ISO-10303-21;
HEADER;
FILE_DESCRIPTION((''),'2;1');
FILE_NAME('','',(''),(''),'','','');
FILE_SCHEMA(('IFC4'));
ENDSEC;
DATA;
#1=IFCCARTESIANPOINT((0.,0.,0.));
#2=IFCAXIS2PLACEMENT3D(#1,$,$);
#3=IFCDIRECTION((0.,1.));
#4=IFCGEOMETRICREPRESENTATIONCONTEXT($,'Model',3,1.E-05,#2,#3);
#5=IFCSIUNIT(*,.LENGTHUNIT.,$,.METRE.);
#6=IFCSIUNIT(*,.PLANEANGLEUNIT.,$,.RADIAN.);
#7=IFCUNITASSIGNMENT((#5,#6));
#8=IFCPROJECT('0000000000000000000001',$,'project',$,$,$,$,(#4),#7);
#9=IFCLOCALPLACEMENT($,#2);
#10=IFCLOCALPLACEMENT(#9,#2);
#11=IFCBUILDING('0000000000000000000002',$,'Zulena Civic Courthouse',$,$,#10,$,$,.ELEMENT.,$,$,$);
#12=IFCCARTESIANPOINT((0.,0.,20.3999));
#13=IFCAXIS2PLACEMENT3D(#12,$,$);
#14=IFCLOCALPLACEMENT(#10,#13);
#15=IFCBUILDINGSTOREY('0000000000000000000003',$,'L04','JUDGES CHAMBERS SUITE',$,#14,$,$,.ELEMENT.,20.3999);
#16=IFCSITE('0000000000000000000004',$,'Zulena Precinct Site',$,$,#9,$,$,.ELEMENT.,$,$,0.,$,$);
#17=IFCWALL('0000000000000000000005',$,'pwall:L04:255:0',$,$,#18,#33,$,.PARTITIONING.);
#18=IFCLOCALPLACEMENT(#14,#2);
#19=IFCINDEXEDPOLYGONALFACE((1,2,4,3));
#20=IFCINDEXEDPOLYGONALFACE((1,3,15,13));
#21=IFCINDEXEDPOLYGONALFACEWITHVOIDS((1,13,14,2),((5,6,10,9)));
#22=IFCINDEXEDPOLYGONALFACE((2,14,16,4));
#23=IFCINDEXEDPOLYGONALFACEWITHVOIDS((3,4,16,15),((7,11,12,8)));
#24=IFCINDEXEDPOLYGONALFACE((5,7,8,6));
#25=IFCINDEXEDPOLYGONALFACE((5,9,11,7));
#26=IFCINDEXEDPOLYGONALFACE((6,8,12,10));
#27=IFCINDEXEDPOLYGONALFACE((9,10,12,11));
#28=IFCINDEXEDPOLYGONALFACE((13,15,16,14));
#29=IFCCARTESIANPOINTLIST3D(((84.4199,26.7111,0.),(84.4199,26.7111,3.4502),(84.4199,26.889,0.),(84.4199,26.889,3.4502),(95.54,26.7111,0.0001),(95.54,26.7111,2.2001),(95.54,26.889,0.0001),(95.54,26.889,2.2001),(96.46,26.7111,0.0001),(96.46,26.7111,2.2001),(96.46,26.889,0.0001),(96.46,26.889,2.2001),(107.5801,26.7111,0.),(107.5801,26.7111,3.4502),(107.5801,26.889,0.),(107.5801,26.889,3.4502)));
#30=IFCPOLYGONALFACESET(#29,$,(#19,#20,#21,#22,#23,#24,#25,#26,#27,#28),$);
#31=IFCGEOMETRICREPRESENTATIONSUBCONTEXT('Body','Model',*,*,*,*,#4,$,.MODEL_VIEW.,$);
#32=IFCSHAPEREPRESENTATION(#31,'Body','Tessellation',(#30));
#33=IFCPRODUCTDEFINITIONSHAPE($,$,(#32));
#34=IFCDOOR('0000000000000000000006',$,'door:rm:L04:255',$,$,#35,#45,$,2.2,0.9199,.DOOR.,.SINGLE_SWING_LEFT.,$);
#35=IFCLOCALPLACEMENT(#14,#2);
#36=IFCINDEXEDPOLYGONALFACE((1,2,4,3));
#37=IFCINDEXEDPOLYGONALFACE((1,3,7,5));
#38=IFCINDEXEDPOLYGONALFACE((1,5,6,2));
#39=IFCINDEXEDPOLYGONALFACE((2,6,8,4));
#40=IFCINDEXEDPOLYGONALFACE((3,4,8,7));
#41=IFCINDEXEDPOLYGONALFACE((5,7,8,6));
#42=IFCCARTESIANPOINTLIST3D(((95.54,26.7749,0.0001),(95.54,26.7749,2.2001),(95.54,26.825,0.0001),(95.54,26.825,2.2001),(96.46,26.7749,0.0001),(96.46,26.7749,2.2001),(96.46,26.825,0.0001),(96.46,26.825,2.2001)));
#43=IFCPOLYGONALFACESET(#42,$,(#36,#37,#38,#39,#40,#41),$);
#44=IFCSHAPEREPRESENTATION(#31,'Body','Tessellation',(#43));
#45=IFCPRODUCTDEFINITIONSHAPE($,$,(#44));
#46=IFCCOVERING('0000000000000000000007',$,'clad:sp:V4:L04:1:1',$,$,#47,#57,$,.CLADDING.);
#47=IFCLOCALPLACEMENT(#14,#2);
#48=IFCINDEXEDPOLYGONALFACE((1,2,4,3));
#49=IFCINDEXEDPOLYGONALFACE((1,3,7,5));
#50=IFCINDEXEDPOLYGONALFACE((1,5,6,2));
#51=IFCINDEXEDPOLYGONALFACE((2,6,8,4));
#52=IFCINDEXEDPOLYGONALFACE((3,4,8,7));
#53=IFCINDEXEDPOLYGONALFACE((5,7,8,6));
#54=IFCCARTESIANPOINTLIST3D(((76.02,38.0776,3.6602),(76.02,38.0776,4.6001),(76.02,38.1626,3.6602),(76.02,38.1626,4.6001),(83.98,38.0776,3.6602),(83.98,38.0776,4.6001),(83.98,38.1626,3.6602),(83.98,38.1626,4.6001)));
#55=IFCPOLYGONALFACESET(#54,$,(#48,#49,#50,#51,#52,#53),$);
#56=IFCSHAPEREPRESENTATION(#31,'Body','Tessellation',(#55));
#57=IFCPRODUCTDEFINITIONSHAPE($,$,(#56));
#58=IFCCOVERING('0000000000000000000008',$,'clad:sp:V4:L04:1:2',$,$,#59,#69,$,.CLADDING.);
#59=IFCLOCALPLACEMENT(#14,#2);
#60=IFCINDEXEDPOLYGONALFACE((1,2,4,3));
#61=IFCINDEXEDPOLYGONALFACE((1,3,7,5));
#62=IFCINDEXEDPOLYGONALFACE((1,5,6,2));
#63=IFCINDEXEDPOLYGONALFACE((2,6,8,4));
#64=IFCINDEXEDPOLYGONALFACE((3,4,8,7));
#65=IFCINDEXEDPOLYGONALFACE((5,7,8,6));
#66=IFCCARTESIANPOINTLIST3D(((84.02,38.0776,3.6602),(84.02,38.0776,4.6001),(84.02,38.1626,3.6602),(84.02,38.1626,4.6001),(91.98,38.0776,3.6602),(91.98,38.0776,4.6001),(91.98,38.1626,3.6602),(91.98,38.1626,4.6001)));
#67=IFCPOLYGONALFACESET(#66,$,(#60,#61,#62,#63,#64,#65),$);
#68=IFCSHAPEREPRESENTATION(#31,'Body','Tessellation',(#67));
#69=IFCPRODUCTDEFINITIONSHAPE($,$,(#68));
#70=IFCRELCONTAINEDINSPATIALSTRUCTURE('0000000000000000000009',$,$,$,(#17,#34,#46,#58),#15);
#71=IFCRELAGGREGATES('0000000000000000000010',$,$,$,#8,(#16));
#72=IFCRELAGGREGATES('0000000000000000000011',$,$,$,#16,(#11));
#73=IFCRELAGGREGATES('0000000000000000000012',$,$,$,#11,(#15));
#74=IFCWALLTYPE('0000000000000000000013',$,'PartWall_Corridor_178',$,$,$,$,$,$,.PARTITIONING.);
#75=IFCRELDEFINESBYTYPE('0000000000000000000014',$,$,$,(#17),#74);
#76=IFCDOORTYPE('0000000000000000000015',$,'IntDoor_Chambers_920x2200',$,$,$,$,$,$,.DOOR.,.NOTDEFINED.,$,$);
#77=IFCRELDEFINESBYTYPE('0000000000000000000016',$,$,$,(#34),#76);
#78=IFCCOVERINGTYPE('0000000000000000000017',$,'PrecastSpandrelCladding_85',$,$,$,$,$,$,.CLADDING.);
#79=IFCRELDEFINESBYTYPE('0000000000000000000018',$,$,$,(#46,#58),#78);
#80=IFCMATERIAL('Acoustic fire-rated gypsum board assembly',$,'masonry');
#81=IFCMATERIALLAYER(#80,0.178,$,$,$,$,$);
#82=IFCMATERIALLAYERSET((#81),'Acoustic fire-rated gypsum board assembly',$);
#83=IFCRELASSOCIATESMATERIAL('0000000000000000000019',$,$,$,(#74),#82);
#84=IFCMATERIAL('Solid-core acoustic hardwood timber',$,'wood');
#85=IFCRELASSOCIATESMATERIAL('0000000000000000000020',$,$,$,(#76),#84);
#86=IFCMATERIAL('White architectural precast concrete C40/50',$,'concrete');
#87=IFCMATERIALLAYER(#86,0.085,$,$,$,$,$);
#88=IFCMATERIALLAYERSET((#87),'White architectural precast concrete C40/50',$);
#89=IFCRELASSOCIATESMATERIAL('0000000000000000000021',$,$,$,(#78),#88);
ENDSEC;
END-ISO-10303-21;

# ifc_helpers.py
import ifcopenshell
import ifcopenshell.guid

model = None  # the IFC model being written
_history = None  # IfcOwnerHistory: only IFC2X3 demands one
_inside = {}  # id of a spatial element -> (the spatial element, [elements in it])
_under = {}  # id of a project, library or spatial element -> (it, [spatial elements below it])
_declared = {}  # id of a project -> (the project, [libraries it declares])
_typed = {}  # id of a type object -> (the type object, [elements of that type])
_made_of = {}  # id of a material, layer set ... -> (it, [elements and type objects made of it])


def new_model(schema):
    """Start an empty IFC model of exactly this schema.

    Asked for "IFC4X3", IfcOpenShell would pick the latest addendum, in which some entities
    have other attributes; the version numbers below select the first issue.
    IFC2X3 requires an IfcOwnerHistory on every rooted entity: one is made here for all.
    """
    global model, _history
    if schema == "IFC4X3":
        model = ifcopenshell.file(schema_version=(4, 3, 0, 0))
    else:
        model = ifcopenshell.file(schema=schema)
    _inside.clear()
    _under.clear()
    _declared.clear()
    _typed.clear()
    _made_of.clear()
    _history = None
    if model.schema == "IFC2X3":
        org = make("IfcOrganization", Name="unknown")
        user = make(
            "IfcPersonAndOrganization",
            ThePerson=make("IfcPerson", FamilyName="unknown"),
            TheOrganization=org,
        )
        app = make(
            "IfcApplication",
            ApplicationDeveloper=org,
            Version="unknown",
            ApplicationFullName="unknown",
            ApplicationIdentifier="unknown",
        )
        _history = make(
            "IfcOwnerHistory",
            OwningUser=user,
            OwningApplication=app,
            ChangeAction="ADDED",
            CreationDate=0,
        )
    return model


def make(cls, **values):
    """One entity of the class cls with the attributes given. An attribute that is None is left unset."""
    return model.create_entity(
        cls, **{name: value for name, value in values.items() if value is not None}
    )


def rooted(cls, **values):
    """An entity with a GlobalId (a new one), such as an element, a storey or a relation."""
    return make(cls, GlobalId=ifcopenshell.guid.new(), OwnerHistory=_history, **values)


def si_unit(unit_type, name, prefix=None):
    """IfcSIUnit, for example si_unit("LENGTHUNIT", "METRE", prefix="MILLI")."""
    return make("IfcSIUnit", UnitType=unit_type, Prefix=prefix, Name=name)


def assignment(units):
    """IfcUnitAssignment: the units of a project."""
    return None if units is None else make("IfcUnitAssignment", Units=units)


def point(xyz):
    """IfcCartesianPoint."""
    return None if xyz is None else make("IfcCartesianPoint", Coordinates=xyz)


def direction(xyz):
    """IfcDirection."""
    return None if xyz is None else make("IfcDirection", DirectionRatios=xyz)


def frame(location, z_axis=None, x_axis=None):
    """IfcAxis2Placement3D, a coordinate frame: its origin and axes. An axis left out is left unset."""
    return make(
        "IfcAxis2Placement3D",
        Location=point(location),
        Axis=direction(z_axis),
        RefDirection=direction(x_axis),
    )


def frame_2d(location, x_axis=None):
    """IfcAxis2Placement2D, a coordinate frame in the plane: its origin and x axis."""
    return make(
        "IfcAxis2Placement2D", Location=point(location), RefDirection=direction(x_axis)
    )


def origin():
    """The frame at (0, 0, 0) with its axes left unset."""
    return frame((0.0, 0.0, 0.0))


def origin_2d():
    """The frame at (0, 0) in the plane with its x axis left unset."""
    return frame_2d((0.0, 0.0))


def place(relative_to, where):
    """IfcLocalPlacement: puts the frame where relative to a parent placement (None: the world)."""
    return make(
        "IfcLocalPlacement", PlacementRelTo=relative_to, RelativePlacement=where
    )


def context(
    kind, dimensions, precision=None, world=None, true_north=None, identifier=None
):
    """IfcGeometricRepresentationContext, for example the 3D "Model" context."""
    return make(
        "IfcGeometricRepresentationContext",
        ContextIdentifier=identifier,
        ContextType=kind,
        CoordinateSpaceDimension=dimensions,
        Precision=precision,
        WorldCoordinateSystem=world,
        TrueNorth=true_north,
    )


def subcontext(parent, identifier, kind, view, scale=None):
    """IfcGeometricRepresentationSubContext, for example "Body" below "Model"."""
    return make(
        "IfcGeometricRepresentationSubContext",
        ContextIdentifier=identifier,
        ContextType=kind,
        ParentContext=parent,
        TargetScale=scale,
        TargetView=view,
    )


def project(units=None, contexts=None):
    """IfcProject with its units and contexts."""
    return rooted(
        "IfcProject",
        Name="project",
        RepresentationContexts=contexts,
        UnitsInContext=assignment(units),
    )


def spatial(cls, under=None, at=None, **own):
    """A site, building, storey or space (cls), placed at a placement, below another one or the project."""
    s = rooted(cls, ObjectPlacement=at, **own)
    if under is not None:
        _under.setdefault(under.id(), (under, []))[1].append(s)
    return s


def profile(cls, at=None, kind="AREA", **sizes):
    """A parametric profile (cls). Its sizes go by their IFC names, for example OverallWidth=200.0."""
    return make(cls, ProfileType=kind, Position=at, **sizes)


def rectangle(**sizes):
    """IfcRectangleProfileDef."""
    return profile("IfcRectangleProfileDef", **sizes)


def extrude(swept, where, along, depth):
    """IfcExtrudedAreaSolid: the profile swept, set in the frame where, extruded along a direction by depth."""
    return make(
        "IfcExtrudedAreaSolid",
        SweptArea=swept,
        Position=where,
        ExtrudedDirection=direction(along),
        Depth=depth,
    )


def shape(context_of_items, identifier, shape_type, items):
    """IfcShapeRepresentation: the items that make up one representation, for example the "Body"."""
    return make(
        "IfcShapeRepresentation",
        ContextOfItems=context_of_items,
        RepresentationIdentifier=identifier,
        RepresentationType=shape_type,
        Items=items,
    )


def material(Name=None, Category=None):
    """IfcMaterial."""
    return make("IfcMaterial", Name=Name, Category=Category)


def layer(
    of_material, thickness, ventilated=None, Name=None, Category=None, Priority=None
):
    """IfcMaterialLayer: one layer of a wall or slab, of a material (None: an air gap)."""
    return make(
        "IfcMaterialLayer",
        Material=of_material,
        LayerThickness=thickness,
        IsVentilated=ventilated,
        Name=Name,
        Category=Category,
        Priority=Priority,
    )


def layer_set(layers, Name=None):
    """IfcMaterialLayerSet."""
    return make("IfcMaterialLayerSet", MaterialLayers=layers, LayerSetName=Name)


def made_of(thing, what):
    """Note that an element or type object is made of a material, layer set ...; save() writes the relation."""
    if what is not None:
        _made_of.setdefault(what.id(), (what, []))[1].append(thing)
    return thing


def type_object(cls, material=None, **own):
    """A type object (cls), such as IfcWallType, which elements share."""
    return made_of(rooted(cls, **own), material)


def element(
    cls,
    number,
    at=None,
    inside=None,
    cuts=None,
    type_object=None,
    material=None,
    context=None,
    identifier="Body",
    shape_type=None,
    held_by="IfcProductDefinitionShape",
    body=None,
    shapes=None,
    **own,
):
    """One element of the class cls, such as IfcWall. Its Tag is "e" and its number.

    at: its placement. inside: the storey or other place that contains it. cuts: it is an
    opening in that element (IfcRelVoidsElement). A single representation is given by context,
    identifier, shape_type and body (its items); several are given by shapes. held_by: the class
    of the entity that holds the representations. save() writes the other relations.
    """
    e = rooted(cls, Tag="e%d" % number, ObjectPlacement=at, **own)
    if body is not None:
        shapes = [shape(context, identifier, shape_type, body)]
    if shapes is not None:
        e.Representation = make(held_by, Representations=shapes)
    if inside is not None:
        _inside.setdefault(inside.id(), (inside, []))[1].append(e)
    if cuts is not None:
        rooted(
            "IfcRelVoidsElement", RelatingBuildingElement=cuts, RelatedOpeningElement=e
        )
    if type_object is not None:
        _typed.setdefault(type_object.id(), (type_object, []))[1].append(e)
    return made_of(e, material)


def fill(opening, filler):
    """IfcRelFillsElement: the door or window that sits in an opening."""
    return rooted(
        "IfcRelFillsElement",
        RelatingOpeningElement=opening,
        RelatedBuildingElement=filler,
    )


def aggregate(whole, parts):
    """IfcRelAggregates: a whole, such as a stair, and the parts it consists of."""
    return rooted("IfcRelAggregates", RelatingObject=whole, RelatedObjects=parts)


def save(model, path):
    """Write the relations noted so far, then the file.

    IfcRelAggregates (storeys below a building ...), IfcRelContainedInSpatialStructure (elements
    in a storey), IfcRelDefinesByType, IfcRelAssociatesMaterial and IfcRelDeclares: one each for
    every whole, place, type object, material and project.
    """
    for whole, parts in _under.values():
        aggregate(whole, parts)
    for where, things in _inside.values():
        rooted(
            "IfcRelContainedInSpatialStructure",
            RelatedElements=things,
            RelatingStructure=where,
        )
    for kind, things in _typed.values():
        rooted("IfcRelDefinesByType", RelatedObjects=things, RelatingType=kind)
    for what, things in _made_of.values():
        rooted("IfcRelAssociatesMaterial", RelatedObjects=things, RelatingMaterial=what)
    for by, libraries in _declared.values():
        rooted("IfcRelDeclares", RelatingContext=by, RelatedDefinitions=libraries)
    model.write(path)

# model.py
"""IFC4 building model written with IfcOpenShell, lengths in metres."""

from ifc_helpers import new_model, si_unit, direction, frame, frame_2d, origin, origin_2d, place, context, subcontext, project, spatial, rectangle, extrude, material, layer, layer_set, type_object, element, fill, save


model = new_model("IFC4")

# Units and contexts
model_context = context("Model", 3, precision=1e-05, world=origin(), true_north=direction((0.0, 1.0)))
body_context = subcontext(model_context, "Body", "Model", "MODEL_VIEW")
ifc_project = project(units=[si_unit("LENGTHUNIT", "METRE"), si_unit("PLANEANGLEUNIT", "RADIAN")], contexts=[model_context])

# Site, building, storey
site_placement = place(None, origin())
site = spatial("IfcSite", under=ifc_project, at=site_placement, Name="Zulena Precinct Site", CompositionType="ELEMENT", RefElevation=0.0)
building_placement = place(site_placement, origin())
building = spatial("IfcBuilding", under=site, at=building_placement, Name="Zulena Civic Courthouse", CompositionType="ELEMENT")
storey_placement = place(building_placement, frame((0.0, 0.0, 20.3999)))
storey = spatial("IfcBuildingStorey", under=building, at=storey_placement, Name="L04", Description="JUDGES CHAMBERS SUITE", CompositionType="ELEMENT", Elevation=20.3999)

# Wall, opening, door
ifc_material_1 = material(Name="Acoustic fire-rated gypsum board assembly", Category="masonry")
ifc_layer_1 = layer(ifc_material_1, 0.178)
ifc_layer_set_1 = layer_set([ifc_layer_1], Name="Acoustic fire-rated gypsum board assembly")
wall_type_1 = type_object("IfcWallType", Name="PartWall_Corridor_178", PredefinedType="PARTITIONING", material=ifc_layer_set_1)
wall_1_placement = place(storey_placement, frame((84.4199, 26.8, 0.0), z_axis=(0.0, 0.0, 1.0), x_axis=(1.0, 0.0, 0.0)))
wall_1 = element("IfcWall", 1, at=wall_1_placement, inside=storey, type_object=wall_type_1, Name="pwall:L04:255:0", PredefinedType="PARTITIONING", context=body_context, shape_type="SweptSolid", body=[
    extrude(rectangle(XDim=23.1602, YDim=0.178, at=frame_2d((11.5801, 0.0))), origin(), (0.0, 0.0, 1.0), 3.4502),
])
opening_1_placement = place(wall_1_placement, frame((11.1201, 0.0, 0.0)))
opening_1 = element("IfcOpeningElement", 2, at=opening_1_placement, cuts=wall_1, PredefinedType="OPENING", context=body_context, shape_type="SweptSolid", body=[
    extrude(rectangle(XDim=0.9199, YDim=2.2, at=frame_2d((0.46, 1.1001))), frame((0.0, 0.0989, 0.0), z_axis=(0.0, -1.0, 0.0), x_axis=(1.0, 0.0, 0.0)), (0.0, 0.0, 1.0), 0.198),
])
ifc_material_2 = material(Name="Solid-core acoustic hardwood timber", Category="wood")
door_type = type_object("IfcDoorType", Name="IntDoor_Chambers_920x2200", OperationType="NOTDEFINED", PredefinedType="DOOR", material=ifc_material_2)
door_placement = place(opening_1_placement, origin())
door = element("IfcDoor", 3, at=door_placement, inside=storey, type_object=door_type, Name="door:rm:L04:255", OperationType="SINGLE_SWING_LEFT", OverallHeight=2.2, OverallWidth=0.9199, PredefinedType="DOOR", context=body_context, shape_type="SweptSolid", body=[
    extrude(rectangle(XDim=0.9199, YDim=2.2, at=frame_2d((0.46, 1.1001))), frame((0.0, 0.0249, 0.0), z_axis=(0.0, -1.0, 0.0), x_axis=(1.0, 0.0, 0.0)), (0.0, 0.0, 1.0), 0.05),
])
fill(opening_1, door)

# Coverings
ifc_material_3 = material(Name="White architectural precast concrete C40/50", Category="concrete")
ifc_layer_2 = layer(ifc_material_3, 0.085)
ifc_layer_set_2 = layer_set([ifc_layer_2], Name="White architectural precast concrete C40/50")
covering_type = type_object("IfcCoveringType", Name="PrecastSpandrelCladding_85", PredefinedType="CLADDING", material=ifc_layer_set_2)
for number, where, z_axis, x_axis, name in (
    (4, (80.0, 38.1201, 3.6602), (0.0, 0.0, 1.0), (1.0, 0.0, 0.0), "clad:sp:V4:L04:1:1"),
    (5, (88.0, 38.1201, 3.6602), (0.0, 0.0, 1.0), (1.0, 0.0, 0.0), "clad:sp:V4:L04:1:2"),
):
    element("IfcCovering", number, at=place(storey_placement, frame(where, z_axis=z_axis, x_axis=x_axis)), inside=storey, type_object=covering_type, Name=name, PredefinedType="CLADDING", context=body_context, shape_type="SweptSolid", body=[
        extrude(rectangle(XDim=7.96, YDim=0.085, at=origin_2d()), origin(), (0.0, 0.0, 1.0), 0.9399),
    ])

save(model, "model.ifc")
